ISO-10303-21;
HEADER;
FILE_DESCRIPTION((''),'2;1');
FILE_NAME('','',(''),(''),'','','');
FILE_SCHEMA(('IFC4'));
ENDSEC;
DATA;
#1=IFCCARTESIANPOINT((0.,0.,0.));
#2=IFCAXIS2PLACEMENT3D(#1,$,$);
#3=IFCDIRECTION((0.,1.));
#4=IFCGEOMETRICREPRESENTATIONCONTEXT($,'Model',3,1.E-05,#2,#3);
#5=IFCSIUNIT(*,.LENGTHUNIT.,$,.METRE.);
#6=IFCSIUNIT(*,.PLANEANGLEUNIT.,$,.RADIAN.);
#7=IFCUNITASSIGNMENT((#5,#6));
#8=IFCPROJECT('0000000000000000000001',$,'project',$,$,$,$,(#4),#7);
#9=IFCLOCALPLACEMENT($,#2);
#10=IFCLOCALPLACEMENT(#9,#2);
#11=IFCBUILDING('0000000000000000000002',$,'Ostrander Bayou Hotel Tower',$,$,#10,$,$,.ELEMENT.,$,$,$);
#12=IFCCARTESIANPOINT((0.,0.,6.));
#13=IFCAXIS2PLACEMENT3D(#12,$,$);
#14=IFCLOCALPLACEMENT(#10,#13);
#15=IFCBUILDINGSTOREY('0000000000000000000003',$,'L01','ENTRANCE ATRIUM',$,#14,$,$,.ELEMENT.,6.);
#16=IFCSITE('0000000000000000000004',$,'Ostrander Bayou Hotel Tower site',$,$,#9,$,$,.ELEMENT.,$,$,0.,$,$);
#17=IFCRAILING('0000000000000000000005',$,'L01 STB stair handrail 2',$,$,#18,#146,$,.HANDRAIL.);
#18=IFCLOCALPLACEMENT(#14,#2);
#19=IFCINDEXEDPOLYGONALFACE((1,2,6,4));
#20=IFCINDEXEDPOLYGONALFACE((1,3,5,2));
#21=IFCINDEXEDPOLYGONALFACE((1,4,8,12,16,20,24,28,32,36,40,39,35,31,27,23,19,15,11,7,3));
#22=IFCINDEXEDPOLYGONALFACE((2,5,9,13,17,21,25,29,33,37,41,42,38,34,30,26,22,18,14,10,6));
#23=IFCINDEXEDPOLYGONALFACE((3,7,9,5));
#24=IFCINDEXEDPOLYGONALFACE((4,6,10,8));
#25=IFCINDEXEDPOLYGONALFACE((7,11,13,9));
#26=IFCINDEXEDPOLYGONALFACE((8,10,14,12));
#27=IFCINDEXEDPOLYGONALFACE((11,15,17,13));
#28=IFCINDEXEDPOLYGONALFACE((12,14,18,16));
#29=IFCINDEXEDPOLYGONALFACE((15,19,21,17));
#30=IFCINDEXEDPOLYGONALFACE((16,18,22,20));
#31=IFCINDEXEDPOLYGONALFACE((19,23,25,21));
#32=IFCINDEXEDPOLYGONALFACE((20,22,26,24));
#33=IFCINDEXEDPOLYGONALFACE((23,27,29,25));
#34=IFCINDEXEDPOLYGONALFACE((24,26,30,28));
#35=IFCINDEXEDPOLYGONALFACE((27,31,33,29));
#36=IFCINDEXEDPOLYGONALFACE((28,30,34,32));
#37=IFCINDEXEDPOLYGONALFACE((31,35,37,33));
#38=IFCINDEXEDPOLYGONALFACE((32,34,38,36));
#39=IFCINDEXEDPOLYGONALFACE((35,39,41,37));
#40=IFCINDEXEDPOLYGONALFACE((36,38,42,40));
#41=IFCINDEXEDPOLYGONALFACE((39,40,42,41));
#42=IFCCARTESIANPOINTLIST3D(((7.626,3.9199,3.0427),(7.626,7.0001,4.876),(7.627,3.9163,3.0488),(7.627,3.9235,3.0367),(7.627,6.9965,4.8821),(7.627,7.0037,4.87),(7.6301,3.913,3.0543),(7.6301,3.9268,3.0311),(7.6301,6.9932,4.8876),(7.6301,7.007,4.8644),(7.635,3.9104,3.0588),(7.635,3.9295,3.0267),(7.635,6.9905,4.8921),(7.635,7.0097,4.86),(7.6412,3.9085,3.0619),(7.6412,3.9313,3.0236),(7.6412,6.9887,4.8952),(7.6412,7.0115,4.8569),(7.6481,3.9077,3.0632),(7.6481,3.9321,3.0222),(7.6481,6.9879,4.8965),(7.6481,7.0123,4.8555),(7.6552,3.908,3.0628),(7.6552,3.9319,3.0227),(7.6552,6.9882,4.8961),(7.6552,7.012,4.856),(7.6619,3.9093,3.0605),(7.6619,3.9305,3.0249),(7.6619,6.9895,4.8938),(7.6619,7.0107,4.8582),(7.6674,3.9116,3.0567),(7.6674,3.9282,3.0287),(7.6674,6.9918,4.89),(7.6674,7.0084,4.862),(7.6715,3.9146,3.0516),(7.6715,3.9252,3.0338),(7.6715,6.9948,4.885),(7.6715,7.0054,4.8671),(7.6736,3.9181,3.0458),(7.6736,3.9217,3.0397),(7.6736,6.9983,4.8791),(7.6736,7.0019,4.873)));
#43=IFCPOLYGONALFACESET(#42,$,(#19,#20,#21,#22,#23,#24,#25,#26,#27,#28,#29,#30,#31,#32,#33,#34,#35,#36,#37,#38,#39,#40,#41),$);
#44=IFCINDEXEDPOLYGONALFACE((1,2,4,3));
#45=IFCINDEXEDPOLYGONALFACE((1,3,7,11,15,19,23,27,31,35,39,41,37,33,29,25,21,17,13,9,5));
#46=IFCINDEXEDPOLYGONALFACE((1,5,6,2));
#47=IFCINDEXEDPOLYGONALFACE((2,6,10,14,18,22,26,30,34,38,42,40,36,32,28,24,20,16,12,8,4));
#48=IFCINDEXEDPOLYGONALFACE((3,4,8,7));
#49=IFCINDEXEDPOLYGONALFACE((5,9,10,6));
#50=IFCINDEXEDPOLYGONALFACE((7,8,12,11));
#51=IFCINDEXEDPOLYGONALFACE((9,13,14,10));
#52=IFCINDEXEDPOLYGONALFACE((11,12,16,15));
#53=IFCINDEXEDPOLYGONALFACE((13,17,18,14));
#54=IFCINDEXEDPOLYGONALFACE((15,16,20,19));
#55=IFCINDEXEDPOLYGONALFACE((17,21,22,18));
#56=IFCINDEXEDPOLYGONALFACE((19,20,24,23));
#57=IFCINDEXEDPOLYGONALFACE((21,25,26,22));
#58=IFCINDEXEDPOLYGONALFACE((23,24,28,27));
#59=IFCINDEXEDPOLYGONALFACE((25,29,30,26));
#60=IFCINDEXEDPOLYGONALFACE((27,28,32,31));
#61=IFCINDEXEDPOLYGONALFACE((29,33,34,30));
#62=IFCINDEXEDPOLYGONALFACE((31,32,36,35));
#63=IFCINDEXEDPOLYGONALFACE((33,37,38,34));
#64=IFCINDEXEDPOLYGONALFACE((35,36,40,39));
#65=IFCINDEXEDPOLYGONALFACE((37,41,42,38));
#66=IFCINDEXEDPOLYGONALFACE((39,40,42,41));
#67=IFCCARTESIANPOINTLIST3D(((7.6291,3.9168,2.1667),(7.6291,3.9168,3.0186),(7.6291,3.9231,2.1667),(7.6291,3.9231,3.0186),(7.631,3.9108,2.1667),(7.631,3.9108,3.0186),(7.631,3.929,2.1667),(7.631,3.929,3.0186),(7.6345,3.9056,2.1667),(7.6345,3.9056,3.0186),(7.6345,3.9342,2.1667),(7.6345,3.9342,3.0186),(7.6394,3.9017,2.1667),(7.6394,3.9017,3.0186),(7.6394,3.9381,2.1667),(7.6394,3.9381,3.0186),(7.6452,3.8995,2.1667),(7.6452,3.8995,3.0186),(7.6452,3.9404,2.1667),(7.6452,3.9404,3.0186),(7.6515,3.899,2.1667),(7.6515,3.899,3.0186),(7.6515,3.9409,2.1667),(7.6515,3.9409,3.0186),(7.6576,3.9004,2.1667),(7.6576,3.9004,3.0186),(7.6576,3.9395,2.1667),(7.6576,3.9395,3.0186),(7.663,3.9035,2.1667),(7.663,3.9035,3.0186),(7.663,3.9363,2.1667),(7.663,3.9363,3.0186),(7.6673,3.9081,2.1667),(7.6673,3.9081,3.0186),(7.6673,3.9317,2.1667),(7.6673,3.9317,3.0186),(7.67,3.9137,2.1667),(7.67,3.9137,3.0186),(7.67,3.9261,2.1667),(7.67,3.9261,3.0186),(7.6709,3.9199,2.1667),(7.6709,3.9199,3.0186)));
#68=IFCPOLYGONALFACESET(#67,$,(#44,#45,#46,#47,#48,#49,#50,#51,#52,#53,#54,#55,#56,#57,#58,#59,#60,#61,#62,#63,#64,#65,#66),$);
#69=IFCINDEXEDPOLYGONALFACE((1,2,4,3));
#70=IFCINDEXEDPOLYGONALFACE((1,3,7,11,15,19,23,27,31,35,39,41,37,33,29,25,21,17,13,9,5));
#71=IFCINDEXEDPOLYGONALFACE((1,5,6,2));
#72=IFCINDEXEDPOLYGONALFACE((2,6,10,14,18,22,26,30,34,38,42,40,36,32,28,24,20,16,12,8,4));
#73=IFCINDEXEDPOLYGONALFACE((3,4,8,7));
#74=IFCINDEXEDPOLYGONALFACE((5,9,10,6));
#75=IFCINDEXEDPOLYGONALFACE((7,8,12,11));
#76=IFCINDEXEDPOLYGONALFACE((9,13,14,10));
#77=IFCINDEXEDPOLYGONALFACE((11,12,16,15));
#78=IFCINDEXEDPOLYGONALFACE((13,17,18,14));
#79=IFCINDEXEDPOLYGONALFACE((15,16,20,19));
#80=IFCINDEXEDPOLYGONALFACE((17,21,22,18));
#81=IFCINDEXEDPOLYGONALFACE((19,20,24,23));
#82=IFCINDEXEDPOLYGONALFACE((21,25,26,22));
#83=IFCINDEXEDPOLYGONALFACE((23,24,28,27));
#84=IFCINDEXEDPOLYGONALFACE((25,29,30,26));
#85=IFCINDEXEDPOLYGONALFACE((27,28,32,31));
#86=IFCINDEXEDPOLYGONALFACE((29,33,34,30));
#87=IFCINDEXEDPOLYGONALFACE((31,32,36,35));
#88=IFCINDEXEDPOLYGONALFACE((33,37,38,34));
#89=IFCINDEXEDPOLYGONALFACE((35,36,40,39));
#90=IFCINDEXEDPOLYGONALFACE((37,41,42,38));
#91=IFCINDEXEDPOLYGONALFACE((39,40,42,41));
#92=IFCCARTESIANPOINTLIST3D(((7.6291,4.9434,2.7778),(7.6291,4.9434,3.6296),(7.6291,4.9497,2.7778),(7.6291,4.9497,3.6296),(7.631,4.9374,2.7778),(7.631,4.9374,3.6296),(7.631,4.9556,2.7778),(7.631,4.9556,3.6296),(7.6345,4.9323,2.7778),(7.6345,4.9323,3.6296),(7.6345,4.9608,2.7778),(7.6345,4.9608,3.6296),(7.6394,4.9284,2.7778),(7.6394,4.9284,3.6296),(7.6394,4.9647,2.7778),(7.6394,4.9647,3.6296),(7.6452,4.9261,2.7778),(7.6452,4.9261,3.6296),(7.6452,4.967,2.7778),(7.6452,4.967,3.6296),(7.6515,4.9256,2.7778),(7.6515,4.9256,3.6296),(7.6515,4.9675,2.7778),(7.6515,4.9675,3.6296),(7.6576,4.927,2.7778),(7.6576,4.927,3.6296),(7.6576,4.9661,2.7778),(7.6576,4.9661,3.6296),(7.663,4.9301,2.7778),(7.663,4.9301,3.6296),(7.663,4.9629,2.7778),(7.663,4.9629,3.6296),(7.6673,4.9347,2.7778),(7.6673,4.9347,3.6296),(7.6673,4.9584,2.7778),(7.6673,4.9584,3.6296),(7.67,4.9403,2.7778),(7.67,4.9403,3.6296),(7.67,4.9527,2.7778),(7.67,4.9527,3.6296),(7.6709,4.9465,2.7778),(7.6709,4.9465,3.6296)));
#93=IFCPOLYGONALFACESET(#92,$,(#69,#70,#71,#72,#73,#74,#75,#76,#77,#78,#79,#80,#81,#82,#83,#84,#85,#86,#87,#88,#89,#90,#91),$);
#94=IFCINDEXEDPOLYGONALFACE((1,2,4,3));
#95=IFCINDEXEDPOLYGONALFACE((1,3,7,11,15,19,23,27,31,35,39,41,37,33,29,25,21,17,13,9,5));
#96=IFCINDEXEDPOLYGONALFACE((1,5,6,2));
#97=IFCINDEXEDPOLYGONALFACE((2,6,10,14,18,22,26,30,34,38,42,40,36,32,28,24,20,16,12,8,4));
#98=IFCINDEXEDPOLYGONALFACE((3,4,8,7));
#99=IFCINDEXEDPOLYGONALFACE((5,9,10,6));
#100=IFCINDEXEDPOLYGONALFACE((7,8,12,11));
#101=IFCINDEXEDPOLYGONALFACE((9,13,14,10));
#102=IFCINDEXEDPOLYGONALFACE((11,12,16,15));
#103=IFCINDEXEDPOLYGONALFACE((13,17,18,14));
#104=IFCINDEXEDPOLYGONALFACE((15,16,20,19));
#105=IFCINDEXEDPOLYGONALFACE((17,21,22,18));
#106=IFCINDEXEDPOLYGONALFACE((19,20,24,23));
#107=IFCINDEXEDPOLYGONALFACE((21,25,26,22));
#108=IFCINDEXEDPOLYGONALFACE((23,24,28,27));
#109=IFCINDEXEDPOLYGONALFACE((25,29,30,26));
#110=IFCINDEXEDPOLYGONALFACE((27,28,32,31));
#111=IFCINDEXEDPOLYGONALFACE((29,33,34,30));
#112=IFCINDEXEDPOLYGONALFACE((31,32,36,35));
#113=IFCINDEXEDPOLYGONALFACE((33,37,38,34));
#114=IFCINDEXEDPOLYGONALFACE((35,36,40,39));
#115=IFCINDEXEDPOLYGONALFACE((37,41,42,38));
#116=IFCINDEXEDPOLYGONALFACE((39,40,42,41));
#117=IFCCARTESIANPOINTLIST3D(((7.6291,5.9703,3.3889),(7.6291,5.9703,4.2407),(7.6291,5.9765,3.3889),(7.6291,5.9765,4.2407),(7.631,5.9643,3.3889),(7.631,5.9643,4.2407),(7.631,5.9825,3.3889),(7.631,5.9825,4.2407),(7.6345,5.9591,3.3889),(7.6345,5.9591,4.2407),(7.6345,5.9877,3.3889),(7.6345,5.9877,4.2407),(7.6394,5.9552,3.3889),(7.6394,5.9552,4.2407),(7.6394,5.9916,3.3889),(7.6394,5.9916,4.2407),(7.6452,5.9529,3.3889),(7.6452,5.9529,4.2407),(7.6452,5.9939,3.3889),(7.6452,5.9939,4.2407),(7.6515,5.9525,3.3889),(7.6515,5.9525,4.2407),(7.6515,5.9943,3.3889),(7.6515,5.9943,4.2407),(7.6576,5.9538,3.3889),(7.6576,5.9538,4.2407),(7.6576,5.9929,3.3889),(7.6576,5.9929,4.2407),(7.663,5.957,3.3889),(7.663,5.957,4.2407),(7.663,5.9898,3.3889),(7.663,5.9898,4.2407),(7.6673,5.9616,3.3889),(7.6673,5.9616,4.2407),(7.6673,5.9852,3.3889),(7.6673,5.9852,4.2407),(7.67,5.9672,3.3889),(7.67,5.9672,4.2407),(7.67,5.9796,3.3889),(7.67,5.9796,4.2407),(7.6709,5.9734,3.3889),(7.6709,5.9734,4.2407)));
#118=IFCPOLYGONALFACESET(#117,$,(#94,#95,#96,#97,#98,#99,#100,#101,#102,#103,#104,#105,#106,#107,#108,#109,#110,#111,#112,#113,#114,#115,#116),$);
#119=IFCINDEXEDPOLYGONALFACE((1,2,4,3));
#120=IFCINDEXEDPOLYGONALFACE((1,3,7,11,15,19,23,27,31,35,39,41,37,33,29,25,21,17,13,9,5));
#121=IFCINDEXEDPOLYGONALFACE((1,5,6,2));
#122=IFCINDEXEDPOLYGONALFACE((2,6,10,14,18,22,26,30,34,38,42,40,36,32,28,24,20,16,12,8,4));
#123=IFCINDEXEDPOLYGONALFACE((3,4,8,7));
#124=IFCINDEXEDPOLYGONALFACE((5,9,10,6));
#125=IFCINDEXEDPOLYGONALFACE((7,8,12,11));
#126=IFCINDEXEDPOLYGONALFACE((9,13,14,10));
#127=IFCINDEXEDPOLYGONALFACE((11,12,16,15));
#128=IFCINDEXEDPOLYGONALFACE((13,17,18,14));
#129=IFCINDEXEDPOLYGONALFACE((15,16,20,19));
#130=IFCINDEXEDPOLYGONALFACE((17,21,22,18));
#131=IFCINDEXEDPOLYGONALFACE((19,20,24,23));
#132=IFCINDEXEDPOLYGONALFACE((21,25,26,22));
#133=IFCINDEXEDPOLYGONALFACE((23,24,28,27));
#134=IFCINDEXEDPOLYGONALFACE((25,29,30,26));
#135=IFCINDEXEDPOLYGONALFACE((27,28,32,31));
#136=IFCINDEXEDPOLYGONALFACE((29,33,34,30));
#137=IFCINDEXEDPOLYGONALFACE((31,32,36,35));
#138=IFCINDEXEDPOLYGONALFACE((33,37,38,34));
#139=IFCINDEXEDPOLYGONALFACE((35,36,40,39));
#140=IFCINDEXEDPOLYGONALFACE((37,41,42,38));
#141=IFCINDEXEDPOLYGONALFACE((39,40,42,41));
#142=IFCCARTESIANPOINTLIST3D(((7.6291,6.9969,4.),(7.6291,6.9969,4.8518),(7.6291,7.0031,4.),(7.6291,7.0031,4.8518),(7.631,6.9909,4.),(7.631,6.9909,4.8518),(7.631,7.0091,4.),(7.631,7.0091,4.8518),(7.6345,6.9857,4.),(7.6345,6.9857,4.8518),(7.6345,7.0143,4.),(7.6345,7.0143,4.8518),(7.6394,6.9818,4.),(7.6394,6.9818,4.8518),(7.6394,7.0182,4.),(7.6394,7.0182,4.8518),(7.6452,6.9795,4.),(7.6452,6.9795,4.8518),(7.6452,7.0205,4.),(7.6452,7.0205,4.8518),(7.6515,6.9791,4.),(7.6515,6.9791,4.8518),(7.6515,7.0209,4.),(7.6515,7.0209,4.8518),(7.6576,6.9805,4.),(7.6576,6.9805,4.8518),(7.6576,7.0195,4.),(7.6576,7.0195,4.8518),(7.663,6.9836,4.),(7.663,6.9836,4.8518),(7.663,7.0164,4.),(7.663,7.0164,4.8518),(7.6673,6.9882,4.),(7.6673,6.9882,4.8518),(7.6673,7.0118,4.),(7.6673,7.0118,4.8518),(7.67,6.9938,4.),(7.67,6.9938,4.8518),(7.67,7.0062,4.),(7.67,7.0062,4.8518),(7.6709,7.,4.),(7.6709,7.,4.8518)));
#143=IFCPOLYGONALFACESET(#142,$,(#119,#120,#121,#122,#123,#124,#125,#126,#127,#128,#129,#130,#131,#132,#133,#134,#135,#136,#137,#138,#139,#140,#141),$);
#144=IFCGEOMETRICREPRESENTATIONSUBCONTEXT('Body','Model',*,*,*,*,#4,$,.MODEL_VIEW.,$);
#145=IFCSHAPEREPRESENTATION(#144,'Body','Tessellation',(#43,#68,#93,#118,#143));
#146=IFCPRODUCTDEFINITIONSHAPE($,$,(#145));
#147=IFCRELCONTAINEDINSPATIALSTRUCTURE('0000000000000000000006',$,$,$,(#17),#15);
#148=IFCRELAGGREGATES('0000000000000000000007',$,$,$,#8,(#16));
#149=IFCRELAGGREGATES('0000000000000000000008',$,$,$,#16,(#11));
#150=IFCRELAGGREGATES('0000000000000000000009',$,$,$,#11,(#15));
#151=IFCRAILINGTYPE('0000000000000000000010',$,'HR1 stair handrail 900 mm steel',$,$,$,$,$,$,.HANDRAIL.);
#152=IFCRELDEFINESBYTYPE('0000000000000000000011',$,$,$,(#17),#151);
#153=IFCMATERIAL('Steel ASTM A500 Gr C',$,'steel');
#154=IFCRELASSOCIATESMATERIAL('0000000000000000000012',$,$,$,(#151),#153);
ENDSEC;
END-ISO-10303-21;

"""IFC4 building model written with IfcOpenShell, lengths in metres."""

from ifc_helpers import new_model, si_unit, direction, frame, origin, origin_2d, place, context, subcontext, project, spatial, circle, extrude, material, type_object, element, save


model = new_model("IFC4")

# Units and contexts
model_context = context("Model", 3, precision=1e-05, world=origin(), true_north=direction((0.0, 1.0)))
body_context = subcontext(model_context, "Body", "Model", "MODEL_VIEW")
ifc_project = project(units=[si_unit("LENGTHUNIT", "METRE"), si_unit("PLANEANGLEUNIT", "RADIAN")], contexts=[model_context])

# Site, building, storey
site_placement = place(None, origin())
site = spatial("IfcSite", under=ifc_project, at=site_placement, Name="Ostrander Bayou Hotel Tower site", CompositionType="ELEMENT", RefElevation=0.0)
building_placement = place(site_placement, origin())
building = spatial("IfcBuilding", under=site, at=building_placement, Name="Ostrander Bayou Hotel Tower", CompositionType="ELEMENT")
storey_placement = place(building_placement, frame((0.0, 0.0, 6.0)))
storey = spatial("IfcBuildingStorey", under=building, at=storey_placement, Name="L01", Description="ENTRANCE ATRIUM", CompositionType="ELEMENT", Elevation=6.0)

# Railing
ifc_material_1 = material(Name="Steel ASTM A500 Gr C", Category="steel")
railing_type_1 = type_object("IfcRailingType", Name="HR1 stair handrail 900 mm steel", PredefinedType="HANDRAIL", material=ifc_material_1)
railing_1_placement = place(storey_placement, frame((7.6499, 3.9199, 2.1667)))
element("IfcRailing", 1, at=railing_1_placement, inside=storey, type_object=railing_type_1, Name="L01 STB stair handrail 2", PredefinedType="HANDRAIL", context=body_context, shape_type="SweptSolid", body=[
    extrude(circle(Radius=0.0239, at=origin_2d()), frame((0.0, 0.0, 0.876), z_axis=(0.0, 0.859309, 0.511458), x_axis=(-1.0, 0.0, 0.0)), (0.0, 0.0, 1.0), 3.5845),
    extrude(circle(Radius=0.021, at=origin_2d()), origin(), (0.0, 0.0, 1.0), 0.8518),
    extrude(circle(Radius=0.021, at=origin_2d()), frame((0.0, 1.0266, 0.6111)), (0.0, 0.0, 1.0), 0.8518),
    extrude(circle(Radius=0.021, at=origin_2d()), frame((0.0, 2.0535, 1.2222)), (0.0, 0.0, 1.0), 0.8518),
    extrude(circle(Radius=0.021, at=origin_2d()), frame((0.0, 3.0801, 1.8333)), (0.0, 0.0, 1.0), 0.8518),
])

save(model, "model.ifc")
